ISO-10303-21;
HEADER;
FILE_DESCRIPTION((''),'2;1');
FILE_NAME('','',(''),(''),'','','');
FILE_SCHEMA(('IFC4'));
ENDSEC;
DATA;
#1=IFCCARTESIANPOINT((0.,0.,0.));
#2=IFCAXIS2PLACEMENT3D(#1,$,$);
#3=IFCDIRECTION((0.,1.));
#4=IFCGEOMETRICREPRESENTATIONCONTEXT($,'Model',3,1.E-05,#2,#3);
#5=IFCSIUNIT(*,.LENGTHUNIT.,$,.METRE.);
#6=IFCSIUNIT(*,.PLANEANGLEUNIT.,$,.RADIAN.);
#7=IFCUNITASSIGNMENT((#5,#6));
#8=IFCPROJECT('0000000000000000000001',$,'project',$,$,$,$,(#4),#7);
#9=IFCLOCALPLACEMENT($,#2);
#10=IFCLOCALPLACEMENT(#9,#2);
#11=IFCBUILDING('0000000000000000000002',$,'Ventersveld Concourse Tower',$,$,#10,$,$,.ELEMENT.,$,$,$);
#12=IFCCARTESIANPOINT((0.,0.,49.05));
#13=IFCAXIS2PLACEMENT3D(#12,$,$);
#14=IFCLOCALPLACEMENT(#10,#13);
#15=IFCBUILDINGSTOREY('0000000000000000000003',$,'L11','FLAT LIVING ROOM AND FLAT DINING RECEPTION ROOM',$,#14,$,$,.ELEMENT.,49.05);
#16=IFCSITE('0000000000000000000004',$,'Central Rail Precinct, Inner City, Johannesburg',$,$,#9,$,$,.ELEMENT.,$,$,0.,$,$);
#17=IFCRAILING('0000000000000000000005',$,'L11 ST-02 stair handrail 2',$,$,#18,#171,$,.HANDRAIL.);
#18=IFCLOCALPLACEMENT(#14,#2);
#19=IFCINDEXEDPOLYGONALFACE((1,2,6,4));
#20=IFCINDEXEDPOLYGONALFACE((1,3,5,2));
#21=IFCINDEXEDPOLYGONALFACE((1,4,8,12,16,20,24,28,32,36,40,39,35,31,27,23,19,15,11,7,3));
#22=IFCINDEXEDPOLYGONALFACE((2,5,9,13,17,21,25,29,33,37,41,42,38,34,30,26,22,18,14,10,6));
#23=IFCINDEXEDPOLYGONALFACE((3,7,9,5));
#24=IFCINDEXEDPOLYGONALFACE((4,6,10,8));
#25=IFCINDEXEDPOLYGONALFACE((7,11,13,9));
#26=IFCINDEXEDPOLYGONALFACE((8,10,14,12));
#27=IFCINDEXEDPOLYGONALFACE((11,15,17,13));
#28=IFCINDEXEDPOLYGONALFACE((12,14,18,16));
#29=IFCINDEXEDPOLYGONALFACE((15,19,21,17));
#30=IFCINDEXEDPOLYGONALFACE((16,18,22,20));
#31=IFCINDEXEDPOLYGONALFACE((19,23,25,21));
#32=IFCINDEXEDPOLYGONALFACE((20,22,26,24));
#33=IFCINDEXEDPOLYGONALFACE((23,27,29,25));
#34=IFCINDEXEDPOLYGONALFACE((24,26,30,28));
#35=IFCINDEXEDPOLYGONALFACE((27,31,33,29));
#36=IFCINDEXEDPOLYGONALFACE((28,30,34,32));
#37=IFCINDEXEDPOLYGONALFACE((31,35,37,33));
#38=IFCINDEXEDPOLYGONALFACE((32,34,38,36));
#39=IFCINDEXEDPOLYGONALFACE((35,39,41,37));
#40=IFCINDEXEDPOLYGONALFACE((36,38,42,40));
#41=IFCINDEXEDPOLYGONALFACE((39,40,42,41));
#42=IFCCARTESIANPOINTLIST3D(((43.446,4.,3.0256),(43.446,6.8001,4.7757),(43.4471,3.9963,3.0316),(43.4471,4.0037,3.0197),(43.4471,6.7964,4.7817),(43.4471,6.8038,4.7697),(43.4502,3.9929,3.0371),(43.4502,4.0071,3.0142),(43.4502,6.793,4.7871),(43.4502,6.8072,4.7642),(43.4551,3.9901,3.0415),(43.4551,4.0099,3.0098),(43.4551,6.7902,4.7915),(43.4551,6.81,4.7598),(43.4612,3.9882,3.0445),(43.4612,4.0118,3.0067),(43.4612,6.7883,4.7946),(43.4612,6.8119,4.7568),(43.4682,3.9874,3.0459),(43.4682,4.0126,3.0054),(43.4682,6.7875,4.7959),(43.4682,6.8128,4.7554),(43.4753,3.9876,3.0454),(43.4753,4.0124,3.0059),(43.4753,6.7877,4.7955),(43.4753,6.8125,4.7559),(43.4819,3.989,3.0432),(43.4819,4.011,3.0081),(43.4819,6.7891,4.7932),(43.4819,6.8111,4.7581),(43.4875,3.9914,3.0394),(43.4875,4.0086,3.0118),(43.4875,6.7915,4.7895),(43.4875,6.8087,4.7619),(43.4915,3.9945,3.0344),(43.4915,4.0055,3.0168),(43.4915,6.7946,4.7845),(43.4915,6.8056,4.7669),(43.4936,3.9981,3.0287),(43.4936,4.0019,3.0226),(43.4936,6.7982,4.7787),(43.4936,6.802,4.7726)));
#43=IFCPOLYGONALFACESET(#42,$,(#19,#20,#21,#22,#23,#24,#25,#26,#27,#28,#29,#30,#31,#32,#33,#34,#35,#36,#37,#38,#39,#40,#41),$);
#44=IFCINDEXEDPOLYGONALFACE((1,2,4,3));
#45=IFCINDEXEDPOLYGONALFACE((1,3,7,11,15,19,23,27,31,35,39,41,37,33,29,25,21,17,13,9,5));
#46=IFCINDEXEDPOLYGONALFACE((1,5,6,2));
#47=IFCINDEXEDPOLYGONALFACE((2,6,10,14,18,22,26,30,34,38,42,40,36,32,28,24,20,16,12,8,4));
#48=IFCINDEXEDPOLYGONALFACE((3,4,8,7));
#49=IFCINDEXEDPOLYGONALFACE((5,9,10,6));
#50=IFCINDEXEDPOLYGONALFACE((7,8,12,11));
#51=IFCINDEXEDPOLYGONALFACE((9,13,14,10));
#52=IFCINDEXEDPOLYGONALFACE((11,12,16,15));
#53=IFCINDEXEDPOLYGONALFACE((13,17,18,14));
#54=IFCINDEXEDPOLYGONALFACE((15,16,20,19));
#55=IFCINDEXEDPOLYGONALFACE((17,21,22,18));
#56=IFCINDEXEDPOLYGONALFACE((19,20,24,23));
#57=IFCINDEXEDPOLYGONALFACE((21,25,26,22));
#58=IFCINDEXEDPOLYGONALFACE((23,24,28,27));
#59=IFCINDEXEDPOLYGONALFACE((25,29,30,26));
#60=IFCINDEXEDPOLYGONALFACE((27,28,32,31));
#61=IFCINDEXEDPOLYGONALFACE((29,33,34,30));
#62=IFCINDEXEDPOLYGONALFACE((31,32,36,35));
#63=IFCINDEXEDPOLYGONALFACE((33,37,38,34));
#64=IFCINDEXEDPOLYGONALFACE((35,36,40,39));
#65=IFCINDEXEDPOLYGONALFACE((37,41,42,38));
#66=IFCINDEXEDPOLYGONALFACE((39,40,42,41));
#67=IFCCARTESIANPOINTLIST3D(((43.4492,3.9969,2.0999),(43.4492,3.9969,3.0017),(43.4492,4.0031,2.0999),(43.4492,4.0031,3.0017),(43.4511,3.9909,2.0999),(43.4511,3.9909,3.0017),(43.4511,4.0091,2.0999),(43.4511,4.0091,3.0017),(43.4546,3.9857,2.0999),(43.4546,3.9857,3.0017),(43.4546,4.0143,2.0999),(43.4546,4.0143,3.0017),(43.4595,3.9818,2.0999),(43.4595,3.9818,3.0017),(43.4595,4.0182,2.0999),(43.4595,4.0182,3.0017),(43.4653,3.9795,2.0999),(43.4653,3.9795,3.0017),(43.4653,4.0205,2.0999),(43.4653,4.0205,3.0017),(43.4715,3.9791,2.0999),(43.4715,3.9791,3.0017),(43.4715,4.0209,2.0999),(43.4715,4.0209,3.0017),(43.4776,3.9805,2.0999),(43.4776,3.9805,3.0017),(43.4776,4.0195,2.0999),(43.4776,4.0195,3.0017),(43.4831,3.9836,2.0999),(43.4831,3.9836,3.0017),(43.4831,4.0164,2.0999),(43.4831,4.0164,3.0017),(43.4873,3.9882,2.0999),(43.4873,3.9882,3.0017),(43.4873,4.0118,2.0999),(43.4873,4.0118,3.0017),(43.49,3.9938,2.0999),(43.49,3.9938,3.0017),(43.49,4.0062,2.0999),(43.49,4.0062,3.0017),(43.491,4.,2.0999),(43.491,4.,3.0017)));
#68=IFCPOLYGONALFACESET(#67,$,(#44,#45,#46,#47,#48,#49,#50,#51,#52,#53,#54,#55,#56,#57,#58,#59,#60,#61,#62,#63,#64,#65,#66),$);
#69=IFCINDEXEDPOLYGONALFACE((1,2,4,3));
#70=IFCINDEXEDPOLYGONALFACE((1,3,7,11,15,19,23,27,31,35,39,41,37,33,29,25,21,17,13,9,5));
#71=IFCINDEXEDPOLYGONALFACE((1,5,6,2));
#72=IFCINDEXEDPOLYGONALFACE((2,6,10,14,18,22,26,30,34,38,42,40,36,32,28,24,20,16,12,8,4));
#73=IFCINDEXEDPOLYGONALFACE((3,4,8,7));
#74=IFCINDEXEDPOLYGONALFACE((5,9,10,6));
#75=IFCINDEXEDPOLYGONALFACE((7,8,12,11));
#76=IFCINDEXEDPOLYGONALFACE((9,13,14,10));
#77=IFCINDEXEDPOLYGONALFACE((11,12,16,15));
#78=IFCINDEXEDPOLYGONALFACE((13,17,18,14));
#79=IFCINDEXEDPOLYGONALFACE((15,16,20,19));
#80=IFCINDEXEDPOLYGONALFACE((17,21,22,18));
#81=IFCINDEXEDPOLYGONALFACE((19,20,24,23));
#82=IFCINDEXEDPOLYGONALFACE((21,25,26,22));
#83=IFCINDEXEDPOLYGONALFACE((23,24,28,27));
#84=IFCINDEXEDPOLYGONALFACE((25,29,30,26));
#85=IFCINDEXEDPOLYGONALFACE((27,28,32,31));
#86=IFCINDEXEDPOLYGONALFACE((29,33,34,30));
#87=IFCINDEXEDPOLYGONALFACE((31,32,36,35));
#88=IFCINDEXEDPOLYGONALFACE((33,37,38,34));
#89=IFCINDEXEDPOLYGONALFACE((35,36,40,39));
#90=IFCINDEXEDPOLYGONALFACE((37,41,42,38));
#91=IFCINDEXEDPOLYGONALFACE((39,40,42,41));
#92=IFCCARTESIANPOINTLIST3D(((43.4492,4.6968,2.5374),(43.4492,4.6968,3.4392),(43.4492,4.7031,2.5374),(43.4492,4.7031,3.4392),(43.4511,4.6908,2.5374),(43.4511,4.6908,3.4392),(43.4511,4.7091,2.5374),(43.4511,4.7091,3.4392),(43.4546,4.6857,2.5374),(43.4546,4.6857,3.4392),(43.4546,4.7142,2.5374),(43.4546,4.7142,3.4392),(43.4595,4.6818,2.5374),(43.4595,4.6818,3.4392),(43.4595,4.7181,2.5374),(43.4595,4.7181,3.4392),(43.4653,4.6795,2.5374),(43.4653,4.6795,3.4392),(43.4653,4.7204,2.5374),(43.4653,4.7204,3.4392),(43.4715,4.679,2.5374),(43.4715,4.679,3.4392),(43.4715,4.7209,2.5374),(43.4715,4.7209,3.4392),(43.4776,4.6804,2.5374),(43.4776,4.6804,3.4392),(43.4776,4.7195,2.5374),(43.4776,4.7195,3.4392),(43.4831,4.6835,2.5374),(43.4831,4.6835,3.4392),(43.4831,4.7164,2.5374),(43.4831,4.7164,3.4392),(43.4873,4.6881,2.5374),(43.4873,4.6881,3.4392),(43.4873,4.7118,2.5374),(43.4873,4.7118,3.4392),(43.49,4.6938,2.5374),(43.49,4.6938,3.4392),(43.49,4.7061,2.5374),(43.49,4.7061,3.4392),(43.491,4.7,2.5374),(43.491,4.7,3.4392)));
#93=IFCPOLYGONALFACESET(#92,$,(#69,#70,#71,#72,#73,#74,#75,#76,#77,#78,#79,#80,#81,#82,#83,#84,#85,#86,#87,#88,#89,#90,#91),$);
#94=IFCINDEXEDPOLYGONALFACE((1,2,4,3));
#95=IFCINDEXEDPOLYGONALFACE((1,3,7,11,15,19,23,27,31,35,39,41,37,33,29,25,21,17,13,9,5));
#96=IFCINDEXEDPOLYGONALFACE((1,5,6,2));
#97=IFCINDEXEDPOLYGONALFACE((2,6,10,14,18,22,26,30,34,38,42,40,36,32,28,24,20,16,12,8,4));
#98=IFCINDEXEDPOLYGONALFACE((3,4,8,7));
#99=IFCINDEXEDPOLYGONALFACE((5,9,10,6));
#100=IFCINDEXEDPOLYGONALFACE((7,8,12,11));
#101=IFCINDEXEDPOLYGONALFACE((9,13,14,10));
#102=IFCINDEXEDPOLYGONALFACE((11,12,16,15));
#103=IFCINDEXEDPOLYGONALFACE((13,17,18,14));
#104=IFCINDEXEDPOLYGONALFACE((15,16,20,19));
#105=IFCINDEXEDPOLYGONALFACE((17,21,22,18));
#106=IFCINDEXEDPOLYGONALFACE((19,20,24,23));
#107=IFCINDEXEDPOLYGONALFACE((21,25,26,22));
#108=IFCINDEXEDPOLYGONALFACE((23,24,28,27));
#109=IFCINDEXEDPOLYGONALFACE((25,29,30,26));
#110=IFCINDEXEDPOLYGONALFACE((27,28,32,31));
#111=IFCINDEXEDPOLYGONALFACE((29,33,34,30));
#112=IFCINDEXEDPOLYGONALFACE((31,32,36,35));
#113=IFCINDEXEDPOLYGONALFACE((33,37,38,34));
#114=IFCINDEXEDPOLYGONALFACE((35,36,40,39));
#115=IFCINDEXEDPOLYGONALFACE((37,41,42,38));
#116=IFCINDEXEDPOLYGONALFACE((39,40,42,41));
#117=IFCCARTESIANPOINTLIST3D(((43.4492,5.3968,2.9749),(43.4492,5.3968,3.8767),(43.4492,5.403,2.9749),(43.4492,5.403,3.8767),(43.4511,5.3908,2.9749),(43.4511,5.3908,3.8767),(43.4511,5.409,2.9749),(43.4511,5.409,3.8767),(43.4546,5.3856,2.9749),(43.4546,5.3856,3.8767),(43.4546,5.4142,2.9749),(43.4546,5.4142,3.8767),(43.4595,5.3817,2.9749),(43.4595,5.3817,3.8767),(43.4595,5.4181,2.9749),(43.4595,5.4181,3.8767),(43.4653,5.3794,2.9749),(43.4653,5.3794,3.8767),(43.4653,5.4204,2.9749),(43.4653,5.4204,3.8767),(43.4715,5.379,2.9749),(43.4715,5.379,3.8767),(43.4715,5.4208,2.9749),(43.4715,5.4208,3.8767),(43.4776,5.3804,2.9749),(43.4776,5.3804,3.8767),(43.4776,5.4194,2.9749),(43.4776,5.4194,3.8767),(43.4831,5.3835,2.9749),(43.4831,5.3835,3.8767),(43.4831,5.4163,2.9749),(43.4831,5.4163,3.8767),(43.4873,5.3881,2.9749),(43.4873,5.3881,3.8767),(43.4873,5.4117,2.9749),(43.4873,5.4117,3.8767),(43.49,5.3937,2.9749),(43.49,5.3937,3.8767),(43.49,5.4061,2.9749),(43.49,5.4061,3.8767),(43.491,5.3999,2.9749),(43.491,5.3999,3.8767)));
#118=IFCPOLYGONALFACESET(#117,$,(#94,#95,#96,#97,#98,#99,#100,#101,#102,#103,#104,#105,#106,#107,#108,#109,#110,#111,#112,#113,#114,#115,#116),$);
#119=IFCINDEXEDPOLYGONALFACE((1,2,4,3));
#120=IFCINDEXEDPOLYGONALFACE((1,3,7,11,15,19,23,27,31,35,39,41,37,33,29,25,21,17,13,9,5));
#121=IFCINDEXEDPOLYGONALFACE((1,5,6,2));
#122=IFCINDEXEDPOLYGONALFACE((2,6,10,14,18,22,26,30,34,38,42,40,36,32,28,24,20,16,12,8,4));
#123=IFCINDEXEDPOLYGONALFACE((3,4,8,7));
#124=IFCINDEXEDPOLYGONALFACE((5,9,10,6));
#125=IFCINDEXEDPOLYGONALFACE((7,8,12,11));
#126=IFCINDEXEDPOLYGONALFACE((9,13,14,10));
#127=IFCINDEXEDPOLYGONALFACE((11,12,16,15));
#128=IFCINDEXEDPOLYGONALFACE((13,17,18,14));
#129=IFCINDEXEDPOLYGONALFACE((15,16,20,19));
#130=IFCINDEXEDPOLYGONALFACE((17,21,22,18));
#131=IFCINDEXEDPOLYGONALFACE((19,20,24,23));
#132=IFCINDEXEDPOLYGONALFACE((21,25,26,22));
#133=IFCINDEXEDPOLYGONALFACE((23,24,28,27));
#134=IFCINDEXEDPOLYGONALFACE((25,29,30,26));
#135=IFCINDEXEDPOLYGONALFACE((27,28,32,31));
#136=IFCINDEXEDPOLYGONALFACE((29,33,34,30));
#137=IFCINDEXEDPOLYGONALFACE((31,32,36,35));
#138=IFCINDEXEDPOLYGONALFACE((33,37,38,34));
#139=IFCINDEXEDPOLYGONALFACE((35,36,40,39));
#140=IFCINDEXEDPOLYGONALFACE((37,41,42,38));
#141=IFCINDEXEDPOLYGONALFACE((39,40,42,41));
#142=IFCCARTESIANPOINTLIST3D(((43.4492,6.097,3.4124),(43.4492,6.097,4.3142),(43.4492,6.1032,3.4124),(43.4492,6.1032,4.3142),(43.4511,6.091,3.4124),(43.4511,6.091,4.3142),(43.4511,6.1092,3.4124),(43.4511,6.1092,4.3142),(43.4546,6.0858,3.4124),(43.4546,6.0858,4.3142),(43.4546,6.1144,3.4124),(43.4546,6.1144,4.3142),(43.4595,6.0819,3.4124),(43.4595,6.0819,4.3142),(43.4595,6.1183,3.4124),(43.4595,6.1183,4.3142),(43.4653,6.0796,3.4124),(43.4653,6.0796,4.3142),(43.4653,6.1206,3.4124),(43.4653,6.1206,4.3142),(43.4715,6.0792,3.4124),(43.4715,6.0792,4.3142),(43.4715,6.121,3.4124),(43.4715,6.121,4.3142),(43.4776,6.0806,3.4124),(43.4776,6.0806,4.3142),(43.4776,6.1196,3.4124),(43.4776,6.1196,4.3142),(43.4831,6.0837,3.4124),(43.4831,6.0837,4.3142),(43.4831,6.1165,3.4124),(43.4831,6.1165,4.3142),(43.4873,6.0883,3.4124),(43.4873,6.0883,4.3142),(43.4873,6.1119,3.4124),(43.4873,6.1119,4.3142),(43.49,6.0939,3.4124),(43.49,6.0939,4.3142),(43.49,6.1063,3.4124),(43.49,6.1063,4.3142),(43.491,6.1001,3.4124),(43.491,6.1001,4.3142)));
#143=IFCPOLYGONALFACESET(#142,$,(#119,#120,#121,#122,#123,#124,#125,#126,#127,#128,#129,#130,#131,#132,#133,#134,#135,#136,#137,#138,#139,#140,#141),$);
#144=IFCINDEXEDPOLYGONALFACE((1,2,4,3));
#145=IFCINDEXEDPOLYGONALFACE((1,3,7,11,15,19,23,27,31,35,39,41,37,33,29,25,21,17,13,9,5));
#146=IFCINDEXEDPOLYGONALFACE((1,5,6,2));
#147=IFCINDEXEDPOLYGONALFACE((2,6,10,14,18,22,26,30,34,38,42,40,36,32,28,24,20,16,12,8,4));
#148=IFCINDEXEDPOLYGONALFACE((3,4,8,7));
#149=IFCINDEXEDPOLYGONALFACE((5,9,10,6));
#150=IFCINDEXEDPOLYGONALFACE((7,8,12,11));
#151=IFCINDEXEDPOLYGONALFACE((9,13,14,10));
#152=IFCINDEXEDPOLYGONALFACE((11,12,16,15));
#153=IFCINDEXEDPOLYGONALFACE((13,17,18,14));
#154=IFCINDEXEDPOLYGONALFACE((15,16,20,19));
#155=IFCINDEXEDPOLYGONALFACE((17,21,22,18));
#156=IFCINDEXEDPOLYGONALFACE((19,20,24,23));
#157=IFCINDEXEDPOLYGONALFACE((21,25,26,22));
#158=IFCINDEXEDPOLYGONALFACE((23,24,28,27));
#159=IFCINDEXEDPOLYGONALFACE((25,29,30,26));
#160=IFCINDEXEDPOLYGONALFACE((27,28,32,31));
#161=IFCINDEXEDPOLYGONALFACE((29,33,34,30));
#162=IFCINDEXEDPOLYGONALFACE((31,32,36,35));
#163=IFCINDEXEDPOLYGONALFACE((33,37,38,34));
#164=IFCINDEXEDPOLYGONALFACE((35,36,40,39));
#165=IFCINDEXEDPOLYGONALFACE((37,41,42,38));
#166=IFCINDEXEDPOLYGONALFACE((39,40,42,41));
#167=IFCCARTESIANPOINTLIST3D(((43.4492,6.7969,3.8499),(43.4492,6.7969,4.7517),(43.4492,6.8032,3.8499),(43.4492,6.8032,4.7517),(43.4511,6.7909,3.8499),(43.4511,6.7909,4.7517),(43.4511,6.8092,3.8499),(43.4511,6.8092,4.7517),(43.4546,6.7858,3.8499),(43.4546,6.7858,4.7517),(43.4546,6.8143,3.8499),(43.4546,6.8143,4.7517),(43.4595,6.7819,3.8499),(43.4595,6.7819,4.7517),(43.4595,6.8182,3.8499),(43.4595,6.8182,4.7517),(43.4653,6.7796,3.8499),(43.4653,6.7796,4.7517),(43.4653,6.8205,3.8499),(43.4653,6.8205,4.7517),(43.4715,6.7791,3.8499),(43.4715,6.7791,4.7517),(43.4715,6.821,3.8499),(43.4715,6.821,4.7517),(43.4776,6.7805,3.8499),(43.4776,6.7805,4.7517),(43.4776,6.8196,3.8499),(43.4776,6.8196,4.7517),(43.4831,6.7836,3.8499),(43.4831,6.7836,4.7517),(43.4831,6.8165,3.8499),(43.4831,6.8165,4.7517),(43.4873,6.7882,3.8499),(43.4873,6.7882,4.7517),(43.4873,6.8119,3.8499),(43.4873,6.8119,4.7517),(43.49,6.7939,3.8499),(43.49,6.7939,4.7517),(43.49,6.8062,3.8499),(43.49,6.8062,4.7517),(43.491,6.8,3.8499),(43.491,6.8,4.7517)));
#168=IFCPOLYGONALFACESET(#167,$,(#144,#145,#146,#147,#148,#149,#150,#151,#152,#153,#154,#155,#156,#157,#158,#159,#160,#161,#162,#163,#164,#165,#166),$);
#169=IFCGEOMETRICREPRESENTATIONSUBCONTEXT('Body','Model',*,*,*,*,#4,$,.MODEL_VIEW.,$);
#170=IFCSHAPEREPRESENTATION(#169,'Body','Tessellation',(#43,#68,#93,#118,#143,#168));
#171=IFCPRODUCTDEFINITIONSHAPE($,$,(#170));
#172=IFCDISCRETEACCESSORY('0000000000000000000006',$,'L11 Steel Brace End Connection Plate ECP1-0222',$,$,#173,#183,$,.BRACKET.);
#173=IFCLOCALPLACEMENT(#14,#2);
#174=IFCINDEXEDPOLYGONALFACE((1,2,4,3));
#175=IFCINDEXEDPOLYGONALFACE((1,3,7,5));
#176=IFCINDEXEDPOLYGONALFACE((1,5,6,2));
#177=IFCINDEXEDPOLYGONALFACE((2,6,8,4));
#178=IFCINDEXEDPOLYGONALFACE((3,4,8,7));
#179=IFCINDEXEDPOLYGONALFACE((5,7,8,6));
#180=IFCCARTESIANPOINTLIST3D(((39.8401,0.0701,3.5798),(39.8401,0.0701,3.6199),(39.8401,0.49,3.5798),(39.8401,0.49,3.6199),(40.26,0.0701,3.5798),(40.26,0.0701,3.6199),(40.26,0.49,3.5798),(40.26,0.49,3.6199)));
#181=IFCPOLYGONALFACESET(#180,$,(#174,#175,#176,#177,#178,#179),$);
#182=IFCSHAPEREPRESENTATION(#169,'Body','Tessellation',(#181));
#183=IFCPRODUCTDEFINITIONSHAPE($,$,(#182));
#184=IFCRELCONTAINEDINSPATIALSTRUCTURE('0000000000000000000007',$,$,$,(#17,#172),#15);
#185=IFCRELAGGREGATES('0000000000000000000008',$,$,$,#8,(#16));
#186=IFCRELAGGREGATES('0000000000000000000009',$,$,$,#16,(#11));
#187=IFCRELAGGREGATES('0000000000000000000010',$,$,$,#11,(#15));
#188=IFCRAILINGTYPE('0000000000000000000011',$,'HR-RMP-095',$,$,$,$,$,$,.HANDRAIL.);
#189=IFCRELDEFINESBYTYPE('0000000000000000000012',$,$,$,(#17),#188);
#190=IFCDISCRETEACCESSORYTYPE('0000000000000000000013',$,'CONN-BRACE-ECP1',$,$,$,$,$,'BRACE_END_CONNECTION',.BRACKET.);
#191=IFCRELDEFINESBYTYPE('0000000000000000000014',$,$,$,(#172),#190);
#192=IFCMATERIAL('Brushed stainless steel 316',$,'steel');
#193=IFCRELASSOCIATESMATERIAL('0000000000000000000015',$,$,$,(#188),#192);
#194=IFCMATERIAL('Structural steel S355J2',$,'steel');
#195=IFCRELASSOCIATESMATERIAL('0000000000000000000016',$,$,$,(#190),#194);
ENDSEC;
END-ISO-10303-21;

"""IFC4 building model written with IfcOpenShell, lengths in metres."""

from ifc_helpers import new_model, si_unit, direction, frame, origin, origin_2d, place, context, subcontext, project, spatial, rectangle, circle, extrude, material, type_object, element, save


model = new_model("IFC4")

# Units and contexts
model_context = context("Model", 3, precision=1e-05, world=origin(), true_north=direction((0.0, 1.0)))
body_context = subcontext(model_context, "Body", "Model", "MODEL_VIEW")
ifc_project = project(units=[si_unit("LENGTHUNIT", "METRE"), si_unit("PLANEANGLEUNIT", "RADIAN")], contexts=[model_context])

# Site, building, storey
site_placement = place(None, origin())
site = spatial("IfcSite", under=ifc_project, at=site_placement, Name="Central Rail Precinct, Inner City, Johannesburg", CompositionType="ELEMENT", RefElevation=0.0)
building_placement = place(site_placement, origin())
building = spatial("IfcBuilding", under=site, at=building_placement, Name="Ventersveld Concourse Tower", CompositionType="ELEMENT")
storey_placement = place(building_placement, frame((0.0, 0.0, 49.05)))
storey = spatial("IfcBuildingStorey", under=building, at=storey_placement, Name="L11", Description="FLAT LIVING ROOM AND FLAT DINING RECEPTION ROOM", CompositionType="ELEMENT", Elevation=49.05)

# Shared definitions
ifc_material_1 = material(Name="Structural steel S355J2", Category="steel")

# Railing
ifc_material_2 = material(Name="Brushed stainless steel 316", Category="steel")
railing_type_1 = type_object("IfcRailingType", Name="HR-RMP-095", PredefinedType="HANDRAIL", material=ifc_material_2)
railing_1_placement = place(storey_placement, frame((43.47, 4.0, 2.0999)))
element("IfcRailing", 1, at=railing_1_placement, inside=storey, type_object=railing_type_1, Name="L11 ST-02 stair handrail 2", PredefinedType="HANDRAIL", context=body_context, shape_type="SweptSolid", body=[
    extrude(circle(Radius=0.0239, at=origin_2d()), frame((0.0, 0.0, 0.9258), z_axis=(0.0, 0.848002, 0.529992), x_axis=(-1.0, 0.0, 0.0)), (0.0, 0.0, 1.0), 3.302),
    extrude(circle(Radius=0.021, at=origin_2d()), origin(), (0.0, 0.0, 1.0), 0.9019),
    extrude(circle(Radius=0.021, at=origin_2d()), frame((0.0, 0.7, 0.4375)), (0.0, 0.0, 1.0), 0.9019),
    extrude(circle(Radius=0.021, at=origin_2d()), frame((0.0, 1.3999, 0.875)), (0.0, 0.0, 1.0), 0.9019),
    extrude(circle(Radius=0.021, at=origin_2d()), frame((0.0, 2.1001, 1.3125)), (0.0, 0.0, 1.0), 0.9019),
    extrude(circle(Radius=0.021, at=origin_2d()), frame((0.0, 2.8, 1.75)), (0.0, 0.0, 1.0), 0.9019),
])

# Discrete accessory
discrete_accessory_type = type_object("IfcDiscreteAccessoryType", Name="CONN-BRACE-ECP1", ElementType="BRACE_END_CONNECTION", PredefinedType="BRACKET", material=ifc_material_1)
discrete_accessory_placement = place(storey_placement, frame((40.05, 0.28, 3.5798), z_axis=(0.0, 0.0, 1.0), x_axis=(1.0, 0.0, 0.0)))
element("IfcDiscreteAccessory", 2, at=discrete_accessory_placement, inside=storey, type_object=discrete_accessory_type, Name="L11 Steel Brace End Connection Plate ECP1-0222", PredefinedType="BRACKET", context=body_context, shape_type="SweptSolid", body=[
    extrude(rectangle(XDim=0.4199, YDim=0.4199, at=origin_2d()), origin(), (0.0, 0.0, 1.0), 0.04),
])

save(model, "model.ifc")
